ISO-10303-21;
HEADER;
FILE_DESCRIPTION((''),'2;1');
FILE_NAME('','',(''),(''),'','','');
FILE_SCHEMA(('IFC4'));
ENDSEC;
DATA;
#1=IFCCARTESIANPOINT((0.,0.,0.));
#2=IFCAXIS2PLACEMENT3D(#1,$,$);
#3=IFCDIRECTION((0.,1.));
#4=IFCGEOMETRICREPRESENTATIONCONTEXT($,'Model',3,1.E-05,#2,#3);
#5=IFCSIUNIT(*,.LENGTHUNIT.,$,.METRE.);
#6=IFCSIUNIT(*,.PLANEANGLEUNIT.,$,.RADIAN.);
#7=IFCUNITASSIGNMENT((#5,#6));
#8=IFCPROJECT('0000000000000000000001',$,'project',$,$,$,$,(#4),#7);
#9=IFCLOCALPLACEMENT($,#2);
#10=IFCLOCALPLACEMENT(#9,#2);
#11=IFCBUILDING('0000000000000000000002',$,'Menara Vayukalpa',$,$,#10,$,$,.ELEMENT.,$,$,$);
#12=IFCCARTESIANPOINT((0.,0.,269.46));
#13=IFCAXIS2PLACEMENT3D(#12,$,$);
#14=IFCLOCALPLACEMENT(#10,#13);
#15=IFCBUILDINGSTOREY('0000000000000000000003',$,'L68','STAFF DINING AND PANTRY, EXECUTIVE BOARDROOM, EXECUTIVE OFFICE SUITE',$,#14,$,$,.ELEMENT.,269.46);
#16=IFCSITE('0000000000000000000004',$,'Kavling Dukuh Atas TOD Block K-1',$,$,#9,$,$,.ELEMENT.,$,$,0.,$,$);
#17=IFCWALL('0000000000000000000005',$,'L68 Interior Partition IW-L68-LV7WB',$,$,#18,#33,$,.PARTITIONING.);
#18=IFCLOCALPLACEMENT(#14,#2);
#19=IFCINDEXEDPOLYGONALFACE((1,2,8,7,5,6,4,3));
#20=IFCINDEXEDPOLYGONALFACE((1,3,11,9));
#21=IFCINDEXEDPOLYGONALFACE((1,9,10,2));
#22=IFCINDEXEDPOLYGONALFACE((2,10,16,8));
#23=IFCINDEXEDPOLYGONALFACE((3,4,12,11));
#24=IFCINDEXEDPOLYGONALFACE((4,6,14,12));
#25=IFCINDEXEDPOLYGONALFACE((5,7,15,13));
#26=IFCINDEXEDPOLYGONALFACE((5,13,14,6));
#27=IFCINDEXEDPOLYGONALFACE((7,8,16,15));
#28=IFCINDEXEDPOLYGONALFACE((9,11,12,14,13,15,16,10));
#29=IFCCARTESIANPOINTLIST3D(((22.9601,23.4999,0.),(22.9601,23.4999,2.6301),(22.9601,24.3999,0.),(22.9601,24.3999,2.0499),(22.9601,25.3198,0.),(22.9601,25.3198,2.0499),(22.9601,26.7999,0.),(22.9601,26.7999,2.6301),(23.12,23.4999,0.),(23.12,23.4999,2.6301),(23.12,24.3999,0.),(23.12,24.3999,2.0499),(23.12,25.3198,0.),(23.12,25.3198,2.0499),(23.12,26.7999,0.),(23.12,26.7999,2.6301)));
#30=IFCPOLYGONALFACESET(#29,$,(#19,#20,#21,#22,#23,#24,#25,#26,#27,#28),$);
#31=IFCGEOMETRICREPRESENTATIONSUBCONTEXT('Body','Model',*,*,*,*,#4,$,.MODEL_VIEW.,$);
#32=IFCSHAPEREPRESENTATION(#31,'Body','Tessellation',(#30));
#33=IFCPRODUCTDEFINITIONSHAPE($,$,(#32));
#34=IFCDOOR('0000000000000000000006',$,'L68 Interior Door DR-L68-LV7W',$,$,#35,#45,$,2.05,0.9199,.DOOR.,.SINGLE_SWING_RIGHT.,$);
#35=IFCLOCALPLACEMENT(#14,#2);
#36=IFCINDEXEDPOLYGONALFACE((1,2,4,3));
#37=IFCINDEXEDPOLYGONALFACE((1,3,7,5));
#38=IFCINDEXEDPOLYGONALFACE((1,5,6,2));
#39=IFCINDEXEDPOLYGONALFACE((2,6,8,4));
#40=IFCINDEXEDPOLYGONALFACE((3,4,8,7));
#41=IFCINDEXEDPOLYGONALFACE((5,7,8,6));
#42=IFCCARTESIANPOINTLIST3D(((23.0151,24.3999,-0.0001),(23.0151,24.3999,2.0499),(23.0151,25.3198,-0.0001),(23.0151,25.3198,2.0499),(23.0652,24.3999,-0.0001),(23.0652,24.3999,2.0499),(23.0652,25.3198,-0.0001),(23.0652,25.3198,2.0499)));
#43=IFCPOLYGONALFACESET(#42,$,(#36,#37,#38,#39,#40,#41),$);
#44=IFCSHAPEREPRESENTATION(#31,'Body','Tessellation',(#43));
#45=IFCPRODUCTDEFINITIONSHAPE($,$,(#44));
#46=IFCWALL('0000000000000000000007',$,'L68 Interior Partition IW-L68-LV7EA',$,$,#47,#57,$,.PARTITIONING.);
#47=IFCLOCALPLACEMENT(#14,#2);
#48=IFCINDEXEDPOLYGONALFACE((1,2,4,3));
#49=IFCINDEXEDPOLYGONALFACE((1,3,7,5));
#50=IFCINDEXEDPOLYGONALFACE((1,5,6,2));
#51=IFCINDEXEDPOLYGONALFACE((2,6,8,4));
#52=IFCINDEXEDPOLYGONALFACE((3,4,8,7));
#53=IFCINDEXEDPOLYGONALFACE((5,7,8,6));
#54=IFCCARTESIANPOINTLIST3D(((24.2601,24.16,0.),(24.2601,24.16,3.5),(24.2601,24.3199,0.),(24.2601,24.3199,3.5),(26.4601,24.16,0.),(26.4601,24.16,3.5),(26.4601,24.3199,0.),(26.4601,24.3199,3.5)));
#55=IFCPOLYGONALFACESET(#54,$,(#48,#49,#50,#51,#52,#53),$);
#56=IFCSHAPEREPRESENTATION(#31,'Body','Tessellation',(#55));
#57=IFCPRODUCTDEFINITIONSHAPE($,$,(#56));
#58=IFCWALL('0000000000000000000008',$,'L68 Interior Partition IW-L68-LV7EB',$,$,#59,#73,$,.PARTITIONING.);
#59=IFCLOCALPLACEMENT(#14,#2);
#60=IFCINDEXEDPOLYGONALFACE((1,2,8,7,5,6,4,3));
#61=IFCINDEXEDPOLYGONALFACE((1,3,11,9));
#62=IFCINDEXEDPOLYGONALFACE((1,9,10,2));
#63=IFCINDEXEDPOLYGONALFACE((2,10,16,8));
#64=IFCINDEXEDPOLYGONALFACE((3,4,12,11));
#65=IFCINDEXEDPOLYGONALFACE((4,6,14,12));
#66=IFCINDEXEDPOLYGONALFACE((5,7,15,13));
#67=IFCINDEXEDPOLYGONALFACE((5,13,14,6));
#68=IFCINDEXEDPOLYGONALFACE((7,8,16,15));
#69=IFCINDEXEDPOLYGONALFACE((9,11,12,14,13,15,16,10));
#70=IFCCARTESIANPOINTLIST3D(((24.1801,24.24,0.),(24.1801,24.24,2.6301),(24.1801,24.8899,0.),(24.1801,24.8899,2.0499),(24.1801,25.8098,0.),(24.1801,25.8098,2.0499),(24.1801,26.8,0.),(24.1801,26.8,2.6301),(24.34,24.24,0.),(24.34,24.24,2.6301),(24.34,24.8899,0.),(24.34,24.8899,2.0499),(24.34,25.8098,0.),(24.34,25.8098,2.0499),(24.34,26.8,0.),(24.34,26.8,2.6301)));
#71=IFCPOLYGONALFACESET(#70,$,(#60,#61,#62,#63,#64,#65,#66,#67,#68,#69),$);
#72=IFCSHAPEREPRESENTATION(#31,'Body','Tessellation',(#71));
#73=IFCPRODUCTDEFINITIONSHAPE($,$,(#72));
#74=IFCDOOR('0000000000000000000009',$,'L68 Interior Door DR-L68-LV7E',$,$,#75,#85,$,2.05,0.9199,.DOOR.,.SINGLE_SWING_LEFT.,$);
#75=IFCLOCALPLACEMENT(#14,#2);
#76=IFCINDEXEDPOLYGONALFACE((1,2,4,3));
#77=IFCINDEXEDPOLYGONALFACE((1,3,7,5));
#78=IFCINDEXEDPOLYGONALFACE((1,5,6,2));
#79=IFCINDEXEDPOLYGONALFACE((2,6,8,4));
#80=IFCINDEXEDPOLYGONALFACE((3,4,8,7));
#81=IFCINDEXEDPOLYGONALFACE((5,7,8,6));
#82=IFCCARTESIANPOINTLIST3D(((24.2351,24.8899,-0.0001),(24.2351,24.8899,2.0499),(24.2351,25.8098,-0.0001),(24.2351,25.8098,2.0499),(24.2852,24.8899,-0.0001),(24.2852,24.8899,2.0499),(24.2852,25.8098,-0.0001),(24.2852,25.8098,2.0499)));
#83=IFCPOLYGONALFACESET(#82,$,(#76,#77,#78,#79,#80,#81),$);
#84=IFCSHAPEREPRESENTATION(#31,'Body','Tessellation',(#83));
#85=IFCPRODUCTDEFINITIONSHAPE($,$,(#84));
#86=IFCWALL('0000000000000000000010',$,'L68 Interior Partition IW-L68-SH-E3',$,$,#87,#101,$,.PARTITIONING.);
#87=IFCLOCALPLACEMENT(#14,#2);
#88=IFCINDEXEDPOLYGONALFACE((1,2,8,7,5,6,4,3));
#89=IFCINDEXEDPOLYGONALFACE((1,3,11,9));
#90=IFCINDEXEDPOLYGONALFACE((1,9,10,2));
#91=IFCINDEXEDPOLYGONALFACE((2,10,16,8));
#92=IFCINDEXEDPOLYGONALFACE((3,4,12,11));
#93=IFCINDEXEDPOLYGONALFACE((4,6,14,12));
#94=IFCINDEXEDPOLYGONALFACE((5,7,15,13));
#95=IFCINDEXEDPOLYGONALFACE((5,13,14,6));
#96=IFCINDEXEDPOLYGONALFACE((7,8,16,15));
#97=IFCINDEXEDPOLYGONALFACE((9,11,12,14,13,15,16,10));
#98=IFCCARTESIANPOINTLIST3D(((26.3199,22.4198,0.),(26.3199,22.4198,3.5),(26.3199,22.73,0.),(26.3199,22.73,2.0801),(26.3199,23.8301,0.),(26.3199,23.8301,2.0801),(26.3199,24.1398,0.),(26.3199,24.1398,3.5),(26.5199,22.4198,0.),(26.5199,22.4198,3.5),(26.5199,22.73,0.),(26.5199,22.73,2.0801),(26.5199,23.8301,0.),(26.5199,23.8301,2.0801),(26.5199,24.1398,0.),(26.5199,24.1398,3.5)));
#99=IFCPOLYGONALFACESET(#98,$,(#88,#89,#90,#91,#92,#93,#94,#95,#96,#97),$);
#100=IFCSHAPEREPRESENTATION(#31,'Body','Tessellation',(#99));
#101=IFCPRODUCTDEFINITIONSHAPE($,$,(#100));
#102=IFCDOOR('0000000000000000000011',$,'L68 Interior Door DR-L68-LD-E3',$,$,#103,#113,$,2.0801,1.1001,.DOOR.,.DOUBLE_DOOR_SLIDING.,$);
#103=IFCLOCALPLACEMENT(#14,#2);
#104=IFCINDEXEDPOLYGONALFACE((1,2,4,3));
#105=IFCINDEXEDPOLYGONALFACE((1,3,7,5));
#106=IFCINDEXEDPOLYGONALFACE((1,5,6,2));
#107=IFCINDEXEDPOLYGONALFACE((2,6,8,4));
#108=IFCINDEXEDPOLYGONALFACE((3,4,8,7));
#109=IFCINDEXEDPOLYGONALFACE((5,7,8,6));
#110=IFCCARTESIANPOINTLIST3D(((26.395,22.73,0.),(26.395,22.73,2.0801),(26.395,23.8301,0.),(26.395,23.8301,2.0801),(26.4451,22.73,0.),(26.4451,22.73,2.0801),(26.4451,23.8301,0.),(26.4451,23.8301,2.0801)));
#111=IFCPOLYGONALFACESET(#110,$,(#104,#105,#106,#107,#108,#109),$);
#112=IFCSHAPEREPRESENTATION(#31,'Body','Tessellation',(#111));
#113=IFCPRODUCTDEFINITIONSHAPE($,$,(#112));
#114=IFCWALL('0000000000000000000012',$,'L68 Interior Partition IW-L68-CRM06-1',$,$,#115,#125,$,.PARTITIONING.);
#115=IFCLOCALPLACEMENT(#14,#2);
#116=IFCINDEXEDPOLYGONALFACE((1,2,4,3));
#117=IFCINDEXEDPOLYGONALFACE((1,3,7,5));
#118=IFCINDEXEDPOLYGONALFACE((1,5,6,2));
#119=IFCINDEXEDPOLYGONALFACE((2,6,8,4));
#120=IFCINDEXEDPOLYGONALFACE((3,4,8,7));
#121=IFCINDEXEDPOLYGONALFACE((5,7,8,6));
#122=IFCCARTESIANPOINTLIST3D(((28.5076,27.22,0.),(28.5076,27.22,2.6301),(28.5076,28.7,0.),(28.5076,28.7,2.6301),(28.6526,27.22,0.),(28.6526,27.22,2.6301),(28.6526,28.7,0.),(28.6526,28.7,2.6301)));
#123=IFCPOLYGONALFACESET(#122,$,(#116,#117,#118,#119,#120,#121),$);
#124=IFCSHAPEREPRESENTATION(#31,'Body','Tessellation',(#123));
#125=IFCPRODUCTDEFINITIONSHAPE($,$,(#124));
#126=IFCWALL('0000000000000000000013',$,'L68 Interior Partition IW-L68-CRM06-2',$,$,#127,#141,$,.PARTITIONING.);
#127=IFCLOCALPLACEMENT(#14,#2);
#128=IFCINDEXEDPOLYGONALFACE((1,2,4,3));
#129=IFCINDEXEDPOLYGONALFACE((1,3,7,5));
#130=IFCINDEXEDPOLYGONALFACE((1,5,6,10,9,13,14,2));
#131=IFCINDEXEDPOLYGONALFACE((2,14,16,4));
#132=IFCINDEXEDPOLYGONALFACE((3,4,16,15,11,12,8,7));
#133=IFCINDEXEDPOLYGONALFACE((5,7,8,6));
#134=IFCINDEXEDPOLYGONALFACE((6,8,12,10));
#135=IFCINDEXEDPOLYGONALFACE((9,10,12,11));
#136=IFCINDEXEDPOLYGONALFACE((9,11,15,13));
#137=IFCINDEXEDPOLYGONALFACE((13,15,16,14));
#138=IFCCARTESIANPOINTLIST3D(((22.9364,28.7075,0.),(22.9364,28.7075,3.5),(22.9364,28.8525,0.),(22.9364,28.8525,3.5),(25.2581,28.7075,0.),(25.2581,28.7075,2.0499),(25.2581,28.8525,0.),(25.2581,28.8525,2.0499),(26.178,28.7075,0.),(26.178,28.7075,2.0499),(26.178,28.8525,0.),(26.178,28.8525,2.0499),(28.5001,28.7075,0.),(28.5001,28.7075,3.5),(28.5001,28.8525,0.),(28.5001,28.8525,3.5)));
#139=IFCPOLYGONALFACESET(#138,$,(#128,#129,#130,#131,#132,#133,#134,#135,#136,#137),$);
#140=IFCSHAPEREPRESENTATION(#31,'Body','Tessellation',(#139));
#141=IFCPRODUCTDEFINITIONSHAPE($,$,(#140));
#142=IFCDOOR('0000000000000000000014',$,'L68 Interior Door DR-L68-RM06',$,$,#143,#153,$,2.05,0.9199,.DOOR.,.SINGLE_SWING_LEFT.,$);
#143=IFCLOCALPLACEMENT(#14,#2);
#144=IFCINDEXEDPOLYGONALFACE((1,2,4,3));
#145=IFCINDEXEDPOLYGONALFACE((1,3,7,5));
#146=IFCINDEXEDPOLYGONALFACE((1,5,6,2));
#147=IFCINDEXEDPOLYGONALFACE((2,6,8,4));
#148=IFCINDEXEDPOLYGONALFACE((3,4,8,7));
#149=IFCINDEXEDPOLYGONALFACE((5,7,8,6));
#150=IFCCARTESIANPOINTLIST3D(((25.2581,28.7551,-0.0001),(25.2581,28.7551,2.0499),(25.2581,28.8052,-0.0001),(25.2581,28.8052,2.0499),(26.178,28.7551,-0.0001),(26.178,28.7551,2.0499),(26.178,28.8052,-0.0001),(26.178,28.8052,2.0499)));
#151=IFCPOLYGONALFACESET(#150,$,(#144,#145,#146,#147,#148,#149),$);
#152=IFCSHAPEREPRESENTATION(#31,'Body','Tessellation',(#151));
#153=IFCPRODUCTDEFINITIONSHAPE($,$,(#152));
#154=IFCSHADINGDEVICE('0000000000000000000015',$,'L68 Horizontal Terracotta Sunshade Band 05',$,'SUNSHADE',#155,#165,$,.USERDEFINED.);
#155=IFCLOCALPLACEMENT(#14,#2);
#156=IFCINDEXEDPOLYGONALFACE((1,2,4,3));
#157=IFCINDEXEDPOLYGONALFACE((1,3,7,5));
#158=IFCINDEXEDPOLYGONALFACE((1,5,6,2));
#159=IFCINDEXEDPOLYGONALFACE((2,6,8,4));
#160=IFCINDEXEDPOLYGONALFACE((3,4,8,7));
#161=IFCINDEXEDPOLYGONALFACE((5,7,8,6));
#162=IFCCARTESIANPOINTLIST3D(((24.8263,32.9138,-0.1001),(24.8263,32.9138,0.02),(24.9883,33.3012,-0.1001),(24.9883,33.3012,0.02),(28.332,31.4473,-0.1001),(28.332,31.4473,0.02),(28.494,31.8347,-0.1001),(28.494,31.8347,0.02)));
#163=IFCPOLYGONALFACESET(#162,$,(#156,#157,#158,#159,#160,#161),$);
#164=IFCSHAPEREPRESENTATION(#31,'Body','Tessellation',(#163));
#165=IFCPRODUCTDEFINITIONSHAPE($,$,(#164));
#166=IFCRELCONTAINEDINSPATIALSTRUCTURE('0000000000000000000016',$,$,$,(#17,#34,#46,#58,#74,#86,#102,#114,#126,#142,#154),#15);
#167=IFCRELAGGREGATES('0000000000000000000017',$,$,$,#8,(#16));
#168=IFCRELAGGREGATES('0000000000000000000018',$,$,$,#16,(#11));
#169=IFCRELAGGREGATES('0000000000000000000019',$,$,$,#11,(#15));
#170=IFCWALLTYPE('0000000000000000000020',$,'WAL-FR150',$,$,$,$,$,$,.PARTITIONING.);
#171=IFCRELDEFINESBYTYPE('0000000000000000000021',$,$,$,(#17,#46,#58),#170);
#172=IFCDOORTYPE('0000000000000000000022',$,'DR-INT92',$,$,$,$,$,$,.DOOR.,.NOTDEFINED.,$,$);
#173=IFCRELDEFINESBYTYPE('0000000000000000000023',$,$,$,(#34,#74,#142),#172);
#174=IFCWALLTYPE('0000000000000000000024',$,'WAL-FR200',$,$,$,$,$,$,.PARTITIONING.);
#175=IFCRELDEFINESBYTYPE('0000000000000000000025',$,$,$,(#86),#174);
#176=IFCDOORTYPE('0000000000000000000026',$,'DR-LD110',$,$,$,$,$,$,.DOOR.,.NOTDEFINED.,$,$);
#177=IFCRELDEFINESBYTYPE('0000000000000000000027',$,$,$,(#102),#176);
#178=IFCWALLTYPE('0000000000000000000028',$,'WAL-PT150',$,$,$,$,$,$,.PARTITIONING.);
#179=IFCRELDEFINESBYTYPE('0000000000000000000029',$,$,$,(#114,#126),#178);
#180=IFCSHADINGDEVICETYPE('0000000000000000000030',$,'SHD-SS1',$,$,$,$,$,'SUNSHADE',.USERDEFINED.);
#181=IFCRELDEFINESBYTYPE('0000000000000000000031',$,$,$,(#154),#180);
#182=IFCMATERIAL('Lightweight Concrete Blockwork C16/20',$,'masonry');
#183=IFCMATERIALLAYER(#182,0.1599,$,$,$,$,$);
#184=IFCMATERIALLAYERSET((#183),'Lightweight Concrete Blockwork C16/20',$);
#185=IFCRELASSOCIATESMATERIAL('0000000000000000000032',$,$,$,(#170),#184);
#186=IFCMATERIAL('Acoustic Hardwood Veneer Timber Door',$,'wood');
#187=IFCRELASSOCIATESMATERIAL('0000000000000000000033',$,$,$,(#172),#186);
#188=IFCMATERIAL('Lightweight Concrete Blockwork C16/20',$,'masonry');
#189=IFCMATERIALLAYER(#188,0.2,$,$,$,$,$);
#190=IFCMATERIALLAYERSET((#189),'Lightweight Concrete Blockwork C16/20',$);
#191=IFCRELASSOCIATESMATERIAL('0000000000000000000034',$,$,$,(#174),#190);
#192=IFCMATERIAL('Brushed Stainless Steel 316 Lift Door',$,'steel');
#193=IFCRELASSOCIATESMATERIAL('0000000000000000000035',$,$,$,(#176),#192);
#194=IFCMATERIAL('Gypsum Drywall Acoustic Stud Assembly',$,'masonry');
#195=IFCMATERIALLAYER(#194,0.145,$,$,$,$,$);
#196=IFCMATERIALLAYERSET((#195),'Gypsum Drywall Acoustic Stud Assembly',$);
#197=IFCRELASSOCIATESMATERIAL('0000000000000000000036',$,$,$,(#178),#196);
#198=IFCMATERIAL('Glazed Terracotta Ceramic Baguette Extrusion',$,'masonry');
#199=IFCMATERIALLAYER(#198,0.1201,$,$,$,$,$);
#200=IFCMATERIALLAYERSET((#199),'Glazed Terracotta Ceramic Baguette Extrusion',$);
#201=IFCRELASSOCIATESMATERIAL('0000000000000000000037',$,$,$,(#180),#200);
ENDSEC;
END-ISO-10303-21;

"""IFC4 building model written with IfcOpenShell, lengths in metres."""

from ifc_helpers import new_model, si_unit, direction, frame, frame_2d, origin, origin_2d, place, context, subcontext, project, spatial, rectangle, extrude, material, layer, layer_set, type_object, element, fill, save


model = new_model("IFC4")

# Units and contexts
model_context = context("Model", 3, precision=1e-05, world=origin(), true_north=direction((0.0, 1.0)))
body_context = subcontext(model_context, "Body", "Model", "MODEL_VIEW")
ifc_project = project(units=[si_unit("LENGTHUNIT", "METRE"), si_unit("PLANEANGLEUNIT", "RADIAN")], contexts=[model_context])

# Site, building, storey
site_placement = place(None, origin())
site = spatial("IfcSite", under=ifc_project, at=site_placement, Name="Kavling Dukuh Atas TOD Block K-1", CompositionType="ELEMENT", RefElevation=0.0)
building_placement = place(site_placement, origin())
building = spatial("IfcBuilding", under=site, at=building_placement, Name="Menara Vayukalpa", CompositionType="ELEMENT")
storey_placement = place(building_placement, frame((0.0, 0.0, 269.46)))
storey = spatial("IfcBuildingStorey", under=building, at=storey_placement, Name="L68", Description="STAFF DINING AND PANTRY, EXECUTIVE BOARDROOM, EXECUTIVE OFFICE SUITE", CompositionType="ELEMENT", Elevation=269.46)

# Shared definitions
ifc_material_1 = material(Name="Lightweight Concrete Blockwork C16/20", Category="masonry")
ifc_layer_1 = layer(ifc_material_1, 0.1599)
ifc_layer_set_1 = layer_set([ifc_layer_1], Name="Lightweight Concrete Blockwork C16/20")
wall_type_1 = type_object("IfcWallType", Name="WAL-FR150", PredefinedType="PARTITIONING", material=ifc_layer_set_1)

# Wall, opening, door
wall_1_placement = place(storey_placement, frame((23.04, 23.5, 0.0), z_axis=(0.0, 0.0, 1.0), x_axis=(0.0, 1.0, 0.0)))
wall_1 = element("IfcWall", 1, at=wall_1_placement, inside=storey, type_object=wall_type_1, Name="L68 Interior Partition IW-L68-LV7WB", PredefinedType="PARTITIONING", context=body_context, shape_type="SweptSolid", body=[
    extrude(rectangle(XDim=3.3, YDim=0.1599, at=frame_2d((1.6499, 0.0))), origin(), (0.0, 0.0, 1.0), 2.6301),
])
opening_1_placement = place(wall_1_placement, frame((0.8999, 0.0, 0.0)))
opening_1 = element("IfcOpeningElement", 2, at=opening_1_placement, cuts=wall_1, PredefinedType="OPENING", context=body_context, shape_type="SweptSolid", body=[
    extrude(rectangle(XDim=0.9199, YDim=2.05, at=frame_2d((0.46, 1.0249))), frame((0.0, 0.0898, 0.0), z_axis=(0.0, -1.0, 0.0), x_axis=(1.0, 0.0, 0.0)), (0.0, 0.0, 1.0), 0.1799),
])
ifc_material_2 = material(Name="Acoustic Hardwood Veneer Timber Door", Category="wood")
door_type_1 = type_object("IfcDoorType", Name="DR-INT92", OperationType="NOTDEFINED", PredefinedType="DOOR", material=ifc_material_2)
door_1_placement = place(opening_1_placement, origin())
door_1 = element("IfcDoor", 3, at=door_1_placement, inside=storey, type_object=door_type_1, Name="L68 Interior Door DR-L68-LV7W", OperationType="SINGLE_SWING_RIGHT", OverallHeight=2.05, OverallWidth=0.9199, PredefinedType="DOOR", context=body_context, shape_type="SweptSolid", body=[
    extrude(rectangle(XDim=0.9199, YDim=2.05, at=frame_2d((0.46, 1.0249))), frame((0.0, 0.0249, 0.0), z_axis=(0.0, -1.0, 0.0), x_axis=(1.0, 0.0, 0.0)), (0.0, 0.0, 1.0), 0.05),
])
fill(opening_1, door_1)

# Wall
wall_2_placement = place(storey_placement, frame((24.26, 24.24, 0.0), z_axis=(0.0, 0.0, 1.0), x_axis=(1.0, 0.0, 0.0)))
element("IfcWall", 4, at=wall_2_placement, inside=storey, type_object=wall_type_1, Name="L68 Interior Partition IW-L68-LV7EA", PredefinedType="PARTITIONING", context=body_context, shape_type="SweptSolid", body=[
    extrude(rectangle(XDim=2.2, YDim=0.1599, at=frame_2d((1.1001, 0.0))), origin(), (0.0, 0.0, 1.0), 3.5),
])

# Walls, openings, doors
wall_3_placement = place(storey_placement, frame((24.26, 24.24, 0.0), z_axis=(0.0, 0.0, 1.0), x_axis=(0.0, 1.0, 0.0)))
wall_3 = element("IfcWall", 5, at=wall_3_placement, inside=storey, type_object=wall_type_1, Name="L68 Interior Partition IW-L68-LV7EB", PredefinedType="PARTITIONING", context=body_context, shape_type="SweptSolid", body=[
    extrude(rectangle(XDim=2.5601, YDim=0.1599, at=frame_2d((1.28, 0.0))), origin(), (0.0, 0.0, 1.0), 2.6301),
])
opening_2_placement = place(wall_3_placement, frame((0.6499, 0.0, 0.0)))
opening_2 = element("IfcOpeningElement", 6, at=opening_2_placement, cuts=wall_3, PredefinedType="OPENING", context=body_context, shape_type="SweptSolid", body=[
    extrude(rectangle(XDim=0.9199, YDim=2.05, at=frame_2d((0.46, 1.0249))), frame((0.0, 0.0898, 0.0), z_axis=(0.0, -1.0, 0.0), x_axis=(1.0, 0.0, 0.0)), (0.0, 0.0, 1.0), 0.1799),
])
door_2_placement = place(opening_2_placement, origin())
door_2 = element("IfcDoor", 7, at=door_2_placement, inside=storey, type_object=door_type_1, Name="L68 Interior Door DR-L68-LV7E", OperationType="SINGLE_SWING_LEFT", OverallHeight=2.05, OverallWidth=0.9199, PredefinedType="DOOR", context=body_context, shape_type="SweptSolid", body=[
    extrude(rectangle(XDim=0.9199, YDim=2.05, at=frame_2d((0.46, 1.0249))), frame((0.0, 0.0249, 0.0), z_axis=(0.0, -1.0, 0.0), x_axis=(1.0, 0.0, 0.0)), (0.0, 0.0, 1.0), 0.05),
])
fill(opening_2, door_2)
ifc_material_3 = material(Name="Lightweight Concrete Blockwork C16/20", Category="masonry")
ifc_layer_2 = layer(ifc_material_3, 0.2)
ifc_layer_set_2 = layer_set([ifc_layer_2], Name="Lightweight Concrete Blockwork C16/20")
wall_type_2 = type_object("IfcWallType", Name="WAL-FR200", PredefinedType="PARTITIONING", material=ifc_layer_set_2)
wall_4_placement = place(storey_placement, frame((26.4199, 22.4199, 0.0), z_axis=(0.0, 0.0, 1.0), x_axis=(0.0, 1.0, 0.0)))
wall_4 = element("IfcWall", 8, at=wall_4_placement, inside=storey, type_object=wall_type_2, Name="L68 Interior Partition IW-L68-SH-E3", PredefinedType="PARTITIONING", context=body_context, shape_type="SweptSolid", body=[
    extrude(rectangle(XDim=1.72, YDim=0.2, at=frame_2d((0.8599, 0.0))), origin(), (0.0, 0.0, 1.0), 3.5),
])
opening_3_placement = place(wall_4_placement, frame((0.3101, 0.0, 0.0)))
opening_3 = element("IfcOpeningElement", 9, at=opening_3_placement, cuts=wall_4, PredefinedType="OPENING", context=body_context, shape_type="SweptSolid", body=[
    extrude(rectangle(XDim=1.1001, YDim=2.0801, at=frame_2d((0.55, 1.04))), frame((0.0, 0.1099, 0.0), z_axis=(0.0, -1.0, 0.0), x_axis=(1.0, 0.0, 0.0)), (0.0, 0.0, 1.0), 0.22),
])
ifc_material_4 = material(Name="Brushed Stainless Steel 316 Lift Door", Category="steel")
door_type_2 = type_object("IfcDoorType", Name="DR-LD110", OperationType="NOTDEFINED", PredefinedType="DOOR", material=ifc_material_4)
door_3_placement = place(opening_3_placement, origin())
door_3 = element("IfcDoor", 10, at=door_3_placement, inside=storey, type_object=door_type_2, Name="L68 Interior Door DR-L68-LD-E3", OperationType="DOUBLE_DOOR_SLIDING", OverallHeight=2.0801, OverallWidth=1.1001, PredefinedType="DOOR", context=body_context, shape_type="SweptSolid", body=[
    extrude(rectangle(XDim=1.1001, YDim=2.0801, at=frame_2d((0.55, 1.04))), frame((0.0, 0.0249, 0.0), z_axis=(0.0, -1.0, 0.0), x_axis=(1.0, 0.0, 0.0)), (0.0, 0.0, 1.0), 0.05),
])
fill(opening_3, door_3)

# Wall
ifc_material_5 = material(Name="Gypsum Drywall Acoustic Stud Assembly", Category="masonry")
ifc_layer_3 = layer(ifc_material_5, 0.145)
ifc_layer_set_3 = layer_set([ifc_layer_3], Name="Gypsum Drywall Acoustic Stud Assembly")
wall_type_3 = type_object("IfcWallType", Name="WAL-PT150", PredefinedType="PARTITIONING", material=ifc_layer_set_3)
wall_5_placement = place(storey_placement, frame((28.5801, 27.22, 0.0), z_axis=(0.0, 0.0, 1.0), x_axis=(0.0, 1.0, 0.0)))
element("IfcWall", 11, at=wall_5_placement, inside=storey, type_object=wall_type_3, Name="L68 Interior Partition IW-L68-CRM06-1", PredefinedType="PARTITIONING", context=body_context, shape_type="SweptSolid", body=[
    extrude(rectangle(XDim=1.48, YDim=0.145, at=frame_2d((0.74, 0.0))), origin(), (0.0, 0.0, 1.0), 2.6301),
])

# Wall, opening, door
wall_6_placement = place(storey_placement, frame((28.5, 28.78, 0.0), z_axis=(0.0, 0.0, 1.0), x_axis=(-1.0, 0.0, 0.0)))
wall_6 = element("IfcWall", 12, at=wall_6_placement, inside=storey, type_object=wall_type_3, Name="L68 Interior Partition IW-L68-CRM06-2", PredefinedType="PARTITIONING", context=body_context, shape_type="SweptSolid", body=[
    extrude(rectangle(XDim=5.5637, YDim=0.145, at=frame_2d((2.7817, 0.0))), origin(), (0.0, 0.0, 1.0), 3.5),
])
opening_4_placement = place(wall_6_placement, frame((2.322, 0.0, 0.0)))
opening_4 = element("IfcOpeningElement", 13, at=opening_4_placement, cuts=wall_6, PredefinedType="OPENING", context=body_context, shape_type="SweptSolid", body=[
    extrude(rectangle(XDim=0.9199, YDim=2.05, at=frame_2d((0.46, 1.0249))), frame((0.0, 0.0825, 0.0), z_axis=(0.0, -1.0, 0.0), x_axis=(1.0, 0.0, 0.0)), (0.0, 0.0, 1.0), 0.165),
])
door_4_placement = place(opening_4_placement, origin())
door_4 = element("IfcDoor", 14, at=door_4_placement, inside=storey, type_object=door_type_1, Name="L68 Interior Door DR-L68-RM06", OperationType="SINGLE_SWING_LEFT", OverallHeight=2.05, OverallWidth=0.9199, PredefinedType="DOOR", context=body_context, shape_type="SweptSolid", body=[
    extrude(rectangle(XDim=0.9199, YDim=2.05, at=frame_2d((0.46, 1.0249))), frame((0.0, 0.0249, 0.0), z_axis=(0.0, -1.0, 0.0), x_axis=(1.0, 0.0, 0.0)), (0.0, 0.0, 1.0), 0.05),
])
fill(opening_4, door_4)

# Shading device
ifc_material_6 = material(Name="Glazed Terracotta Ceramic Baguette Extrusion", Category="masonry")
ifc_layer_4 = layer(ifc_material_6, 0.1201)
ifc_layer_set_4 = layer_set([ifc_layer_4], Name="Glazed Terracotta Ceramic Baguette Extrusion")
shading_device_type = type_object("IfcShadingDeviceType", Name="SHD-SS1", ElementType="SUNSHADE", PredefinedType="USERDEFINED", material=ifc_layer_set_4)
shading_device_placement = place(storey_placement, frame((26.6602, 32.3743, -0.1001), z_axis=(0.0, 0.0, 1.0), x_axis=(-0.922538, 0.385906, 0.0)))
element("IfcShadingDevice", 15, at=shading_device_placement, inside=storey, type_object=shading_device_type, Name="L68 Horizontal Terracotta Sunshade Band 05", ObjectType="SUNSHADE", PredefinedType="USERDEFINED", context=body_context, shape_type="SweptSolid", body=[
    extrude(rectangle(XDim=3.8, YDim=0.4199, at=origin_2d()), origin(), (0.0, 0.0, 1.0), 0.1201),
])

save(model, "model.ifc")
